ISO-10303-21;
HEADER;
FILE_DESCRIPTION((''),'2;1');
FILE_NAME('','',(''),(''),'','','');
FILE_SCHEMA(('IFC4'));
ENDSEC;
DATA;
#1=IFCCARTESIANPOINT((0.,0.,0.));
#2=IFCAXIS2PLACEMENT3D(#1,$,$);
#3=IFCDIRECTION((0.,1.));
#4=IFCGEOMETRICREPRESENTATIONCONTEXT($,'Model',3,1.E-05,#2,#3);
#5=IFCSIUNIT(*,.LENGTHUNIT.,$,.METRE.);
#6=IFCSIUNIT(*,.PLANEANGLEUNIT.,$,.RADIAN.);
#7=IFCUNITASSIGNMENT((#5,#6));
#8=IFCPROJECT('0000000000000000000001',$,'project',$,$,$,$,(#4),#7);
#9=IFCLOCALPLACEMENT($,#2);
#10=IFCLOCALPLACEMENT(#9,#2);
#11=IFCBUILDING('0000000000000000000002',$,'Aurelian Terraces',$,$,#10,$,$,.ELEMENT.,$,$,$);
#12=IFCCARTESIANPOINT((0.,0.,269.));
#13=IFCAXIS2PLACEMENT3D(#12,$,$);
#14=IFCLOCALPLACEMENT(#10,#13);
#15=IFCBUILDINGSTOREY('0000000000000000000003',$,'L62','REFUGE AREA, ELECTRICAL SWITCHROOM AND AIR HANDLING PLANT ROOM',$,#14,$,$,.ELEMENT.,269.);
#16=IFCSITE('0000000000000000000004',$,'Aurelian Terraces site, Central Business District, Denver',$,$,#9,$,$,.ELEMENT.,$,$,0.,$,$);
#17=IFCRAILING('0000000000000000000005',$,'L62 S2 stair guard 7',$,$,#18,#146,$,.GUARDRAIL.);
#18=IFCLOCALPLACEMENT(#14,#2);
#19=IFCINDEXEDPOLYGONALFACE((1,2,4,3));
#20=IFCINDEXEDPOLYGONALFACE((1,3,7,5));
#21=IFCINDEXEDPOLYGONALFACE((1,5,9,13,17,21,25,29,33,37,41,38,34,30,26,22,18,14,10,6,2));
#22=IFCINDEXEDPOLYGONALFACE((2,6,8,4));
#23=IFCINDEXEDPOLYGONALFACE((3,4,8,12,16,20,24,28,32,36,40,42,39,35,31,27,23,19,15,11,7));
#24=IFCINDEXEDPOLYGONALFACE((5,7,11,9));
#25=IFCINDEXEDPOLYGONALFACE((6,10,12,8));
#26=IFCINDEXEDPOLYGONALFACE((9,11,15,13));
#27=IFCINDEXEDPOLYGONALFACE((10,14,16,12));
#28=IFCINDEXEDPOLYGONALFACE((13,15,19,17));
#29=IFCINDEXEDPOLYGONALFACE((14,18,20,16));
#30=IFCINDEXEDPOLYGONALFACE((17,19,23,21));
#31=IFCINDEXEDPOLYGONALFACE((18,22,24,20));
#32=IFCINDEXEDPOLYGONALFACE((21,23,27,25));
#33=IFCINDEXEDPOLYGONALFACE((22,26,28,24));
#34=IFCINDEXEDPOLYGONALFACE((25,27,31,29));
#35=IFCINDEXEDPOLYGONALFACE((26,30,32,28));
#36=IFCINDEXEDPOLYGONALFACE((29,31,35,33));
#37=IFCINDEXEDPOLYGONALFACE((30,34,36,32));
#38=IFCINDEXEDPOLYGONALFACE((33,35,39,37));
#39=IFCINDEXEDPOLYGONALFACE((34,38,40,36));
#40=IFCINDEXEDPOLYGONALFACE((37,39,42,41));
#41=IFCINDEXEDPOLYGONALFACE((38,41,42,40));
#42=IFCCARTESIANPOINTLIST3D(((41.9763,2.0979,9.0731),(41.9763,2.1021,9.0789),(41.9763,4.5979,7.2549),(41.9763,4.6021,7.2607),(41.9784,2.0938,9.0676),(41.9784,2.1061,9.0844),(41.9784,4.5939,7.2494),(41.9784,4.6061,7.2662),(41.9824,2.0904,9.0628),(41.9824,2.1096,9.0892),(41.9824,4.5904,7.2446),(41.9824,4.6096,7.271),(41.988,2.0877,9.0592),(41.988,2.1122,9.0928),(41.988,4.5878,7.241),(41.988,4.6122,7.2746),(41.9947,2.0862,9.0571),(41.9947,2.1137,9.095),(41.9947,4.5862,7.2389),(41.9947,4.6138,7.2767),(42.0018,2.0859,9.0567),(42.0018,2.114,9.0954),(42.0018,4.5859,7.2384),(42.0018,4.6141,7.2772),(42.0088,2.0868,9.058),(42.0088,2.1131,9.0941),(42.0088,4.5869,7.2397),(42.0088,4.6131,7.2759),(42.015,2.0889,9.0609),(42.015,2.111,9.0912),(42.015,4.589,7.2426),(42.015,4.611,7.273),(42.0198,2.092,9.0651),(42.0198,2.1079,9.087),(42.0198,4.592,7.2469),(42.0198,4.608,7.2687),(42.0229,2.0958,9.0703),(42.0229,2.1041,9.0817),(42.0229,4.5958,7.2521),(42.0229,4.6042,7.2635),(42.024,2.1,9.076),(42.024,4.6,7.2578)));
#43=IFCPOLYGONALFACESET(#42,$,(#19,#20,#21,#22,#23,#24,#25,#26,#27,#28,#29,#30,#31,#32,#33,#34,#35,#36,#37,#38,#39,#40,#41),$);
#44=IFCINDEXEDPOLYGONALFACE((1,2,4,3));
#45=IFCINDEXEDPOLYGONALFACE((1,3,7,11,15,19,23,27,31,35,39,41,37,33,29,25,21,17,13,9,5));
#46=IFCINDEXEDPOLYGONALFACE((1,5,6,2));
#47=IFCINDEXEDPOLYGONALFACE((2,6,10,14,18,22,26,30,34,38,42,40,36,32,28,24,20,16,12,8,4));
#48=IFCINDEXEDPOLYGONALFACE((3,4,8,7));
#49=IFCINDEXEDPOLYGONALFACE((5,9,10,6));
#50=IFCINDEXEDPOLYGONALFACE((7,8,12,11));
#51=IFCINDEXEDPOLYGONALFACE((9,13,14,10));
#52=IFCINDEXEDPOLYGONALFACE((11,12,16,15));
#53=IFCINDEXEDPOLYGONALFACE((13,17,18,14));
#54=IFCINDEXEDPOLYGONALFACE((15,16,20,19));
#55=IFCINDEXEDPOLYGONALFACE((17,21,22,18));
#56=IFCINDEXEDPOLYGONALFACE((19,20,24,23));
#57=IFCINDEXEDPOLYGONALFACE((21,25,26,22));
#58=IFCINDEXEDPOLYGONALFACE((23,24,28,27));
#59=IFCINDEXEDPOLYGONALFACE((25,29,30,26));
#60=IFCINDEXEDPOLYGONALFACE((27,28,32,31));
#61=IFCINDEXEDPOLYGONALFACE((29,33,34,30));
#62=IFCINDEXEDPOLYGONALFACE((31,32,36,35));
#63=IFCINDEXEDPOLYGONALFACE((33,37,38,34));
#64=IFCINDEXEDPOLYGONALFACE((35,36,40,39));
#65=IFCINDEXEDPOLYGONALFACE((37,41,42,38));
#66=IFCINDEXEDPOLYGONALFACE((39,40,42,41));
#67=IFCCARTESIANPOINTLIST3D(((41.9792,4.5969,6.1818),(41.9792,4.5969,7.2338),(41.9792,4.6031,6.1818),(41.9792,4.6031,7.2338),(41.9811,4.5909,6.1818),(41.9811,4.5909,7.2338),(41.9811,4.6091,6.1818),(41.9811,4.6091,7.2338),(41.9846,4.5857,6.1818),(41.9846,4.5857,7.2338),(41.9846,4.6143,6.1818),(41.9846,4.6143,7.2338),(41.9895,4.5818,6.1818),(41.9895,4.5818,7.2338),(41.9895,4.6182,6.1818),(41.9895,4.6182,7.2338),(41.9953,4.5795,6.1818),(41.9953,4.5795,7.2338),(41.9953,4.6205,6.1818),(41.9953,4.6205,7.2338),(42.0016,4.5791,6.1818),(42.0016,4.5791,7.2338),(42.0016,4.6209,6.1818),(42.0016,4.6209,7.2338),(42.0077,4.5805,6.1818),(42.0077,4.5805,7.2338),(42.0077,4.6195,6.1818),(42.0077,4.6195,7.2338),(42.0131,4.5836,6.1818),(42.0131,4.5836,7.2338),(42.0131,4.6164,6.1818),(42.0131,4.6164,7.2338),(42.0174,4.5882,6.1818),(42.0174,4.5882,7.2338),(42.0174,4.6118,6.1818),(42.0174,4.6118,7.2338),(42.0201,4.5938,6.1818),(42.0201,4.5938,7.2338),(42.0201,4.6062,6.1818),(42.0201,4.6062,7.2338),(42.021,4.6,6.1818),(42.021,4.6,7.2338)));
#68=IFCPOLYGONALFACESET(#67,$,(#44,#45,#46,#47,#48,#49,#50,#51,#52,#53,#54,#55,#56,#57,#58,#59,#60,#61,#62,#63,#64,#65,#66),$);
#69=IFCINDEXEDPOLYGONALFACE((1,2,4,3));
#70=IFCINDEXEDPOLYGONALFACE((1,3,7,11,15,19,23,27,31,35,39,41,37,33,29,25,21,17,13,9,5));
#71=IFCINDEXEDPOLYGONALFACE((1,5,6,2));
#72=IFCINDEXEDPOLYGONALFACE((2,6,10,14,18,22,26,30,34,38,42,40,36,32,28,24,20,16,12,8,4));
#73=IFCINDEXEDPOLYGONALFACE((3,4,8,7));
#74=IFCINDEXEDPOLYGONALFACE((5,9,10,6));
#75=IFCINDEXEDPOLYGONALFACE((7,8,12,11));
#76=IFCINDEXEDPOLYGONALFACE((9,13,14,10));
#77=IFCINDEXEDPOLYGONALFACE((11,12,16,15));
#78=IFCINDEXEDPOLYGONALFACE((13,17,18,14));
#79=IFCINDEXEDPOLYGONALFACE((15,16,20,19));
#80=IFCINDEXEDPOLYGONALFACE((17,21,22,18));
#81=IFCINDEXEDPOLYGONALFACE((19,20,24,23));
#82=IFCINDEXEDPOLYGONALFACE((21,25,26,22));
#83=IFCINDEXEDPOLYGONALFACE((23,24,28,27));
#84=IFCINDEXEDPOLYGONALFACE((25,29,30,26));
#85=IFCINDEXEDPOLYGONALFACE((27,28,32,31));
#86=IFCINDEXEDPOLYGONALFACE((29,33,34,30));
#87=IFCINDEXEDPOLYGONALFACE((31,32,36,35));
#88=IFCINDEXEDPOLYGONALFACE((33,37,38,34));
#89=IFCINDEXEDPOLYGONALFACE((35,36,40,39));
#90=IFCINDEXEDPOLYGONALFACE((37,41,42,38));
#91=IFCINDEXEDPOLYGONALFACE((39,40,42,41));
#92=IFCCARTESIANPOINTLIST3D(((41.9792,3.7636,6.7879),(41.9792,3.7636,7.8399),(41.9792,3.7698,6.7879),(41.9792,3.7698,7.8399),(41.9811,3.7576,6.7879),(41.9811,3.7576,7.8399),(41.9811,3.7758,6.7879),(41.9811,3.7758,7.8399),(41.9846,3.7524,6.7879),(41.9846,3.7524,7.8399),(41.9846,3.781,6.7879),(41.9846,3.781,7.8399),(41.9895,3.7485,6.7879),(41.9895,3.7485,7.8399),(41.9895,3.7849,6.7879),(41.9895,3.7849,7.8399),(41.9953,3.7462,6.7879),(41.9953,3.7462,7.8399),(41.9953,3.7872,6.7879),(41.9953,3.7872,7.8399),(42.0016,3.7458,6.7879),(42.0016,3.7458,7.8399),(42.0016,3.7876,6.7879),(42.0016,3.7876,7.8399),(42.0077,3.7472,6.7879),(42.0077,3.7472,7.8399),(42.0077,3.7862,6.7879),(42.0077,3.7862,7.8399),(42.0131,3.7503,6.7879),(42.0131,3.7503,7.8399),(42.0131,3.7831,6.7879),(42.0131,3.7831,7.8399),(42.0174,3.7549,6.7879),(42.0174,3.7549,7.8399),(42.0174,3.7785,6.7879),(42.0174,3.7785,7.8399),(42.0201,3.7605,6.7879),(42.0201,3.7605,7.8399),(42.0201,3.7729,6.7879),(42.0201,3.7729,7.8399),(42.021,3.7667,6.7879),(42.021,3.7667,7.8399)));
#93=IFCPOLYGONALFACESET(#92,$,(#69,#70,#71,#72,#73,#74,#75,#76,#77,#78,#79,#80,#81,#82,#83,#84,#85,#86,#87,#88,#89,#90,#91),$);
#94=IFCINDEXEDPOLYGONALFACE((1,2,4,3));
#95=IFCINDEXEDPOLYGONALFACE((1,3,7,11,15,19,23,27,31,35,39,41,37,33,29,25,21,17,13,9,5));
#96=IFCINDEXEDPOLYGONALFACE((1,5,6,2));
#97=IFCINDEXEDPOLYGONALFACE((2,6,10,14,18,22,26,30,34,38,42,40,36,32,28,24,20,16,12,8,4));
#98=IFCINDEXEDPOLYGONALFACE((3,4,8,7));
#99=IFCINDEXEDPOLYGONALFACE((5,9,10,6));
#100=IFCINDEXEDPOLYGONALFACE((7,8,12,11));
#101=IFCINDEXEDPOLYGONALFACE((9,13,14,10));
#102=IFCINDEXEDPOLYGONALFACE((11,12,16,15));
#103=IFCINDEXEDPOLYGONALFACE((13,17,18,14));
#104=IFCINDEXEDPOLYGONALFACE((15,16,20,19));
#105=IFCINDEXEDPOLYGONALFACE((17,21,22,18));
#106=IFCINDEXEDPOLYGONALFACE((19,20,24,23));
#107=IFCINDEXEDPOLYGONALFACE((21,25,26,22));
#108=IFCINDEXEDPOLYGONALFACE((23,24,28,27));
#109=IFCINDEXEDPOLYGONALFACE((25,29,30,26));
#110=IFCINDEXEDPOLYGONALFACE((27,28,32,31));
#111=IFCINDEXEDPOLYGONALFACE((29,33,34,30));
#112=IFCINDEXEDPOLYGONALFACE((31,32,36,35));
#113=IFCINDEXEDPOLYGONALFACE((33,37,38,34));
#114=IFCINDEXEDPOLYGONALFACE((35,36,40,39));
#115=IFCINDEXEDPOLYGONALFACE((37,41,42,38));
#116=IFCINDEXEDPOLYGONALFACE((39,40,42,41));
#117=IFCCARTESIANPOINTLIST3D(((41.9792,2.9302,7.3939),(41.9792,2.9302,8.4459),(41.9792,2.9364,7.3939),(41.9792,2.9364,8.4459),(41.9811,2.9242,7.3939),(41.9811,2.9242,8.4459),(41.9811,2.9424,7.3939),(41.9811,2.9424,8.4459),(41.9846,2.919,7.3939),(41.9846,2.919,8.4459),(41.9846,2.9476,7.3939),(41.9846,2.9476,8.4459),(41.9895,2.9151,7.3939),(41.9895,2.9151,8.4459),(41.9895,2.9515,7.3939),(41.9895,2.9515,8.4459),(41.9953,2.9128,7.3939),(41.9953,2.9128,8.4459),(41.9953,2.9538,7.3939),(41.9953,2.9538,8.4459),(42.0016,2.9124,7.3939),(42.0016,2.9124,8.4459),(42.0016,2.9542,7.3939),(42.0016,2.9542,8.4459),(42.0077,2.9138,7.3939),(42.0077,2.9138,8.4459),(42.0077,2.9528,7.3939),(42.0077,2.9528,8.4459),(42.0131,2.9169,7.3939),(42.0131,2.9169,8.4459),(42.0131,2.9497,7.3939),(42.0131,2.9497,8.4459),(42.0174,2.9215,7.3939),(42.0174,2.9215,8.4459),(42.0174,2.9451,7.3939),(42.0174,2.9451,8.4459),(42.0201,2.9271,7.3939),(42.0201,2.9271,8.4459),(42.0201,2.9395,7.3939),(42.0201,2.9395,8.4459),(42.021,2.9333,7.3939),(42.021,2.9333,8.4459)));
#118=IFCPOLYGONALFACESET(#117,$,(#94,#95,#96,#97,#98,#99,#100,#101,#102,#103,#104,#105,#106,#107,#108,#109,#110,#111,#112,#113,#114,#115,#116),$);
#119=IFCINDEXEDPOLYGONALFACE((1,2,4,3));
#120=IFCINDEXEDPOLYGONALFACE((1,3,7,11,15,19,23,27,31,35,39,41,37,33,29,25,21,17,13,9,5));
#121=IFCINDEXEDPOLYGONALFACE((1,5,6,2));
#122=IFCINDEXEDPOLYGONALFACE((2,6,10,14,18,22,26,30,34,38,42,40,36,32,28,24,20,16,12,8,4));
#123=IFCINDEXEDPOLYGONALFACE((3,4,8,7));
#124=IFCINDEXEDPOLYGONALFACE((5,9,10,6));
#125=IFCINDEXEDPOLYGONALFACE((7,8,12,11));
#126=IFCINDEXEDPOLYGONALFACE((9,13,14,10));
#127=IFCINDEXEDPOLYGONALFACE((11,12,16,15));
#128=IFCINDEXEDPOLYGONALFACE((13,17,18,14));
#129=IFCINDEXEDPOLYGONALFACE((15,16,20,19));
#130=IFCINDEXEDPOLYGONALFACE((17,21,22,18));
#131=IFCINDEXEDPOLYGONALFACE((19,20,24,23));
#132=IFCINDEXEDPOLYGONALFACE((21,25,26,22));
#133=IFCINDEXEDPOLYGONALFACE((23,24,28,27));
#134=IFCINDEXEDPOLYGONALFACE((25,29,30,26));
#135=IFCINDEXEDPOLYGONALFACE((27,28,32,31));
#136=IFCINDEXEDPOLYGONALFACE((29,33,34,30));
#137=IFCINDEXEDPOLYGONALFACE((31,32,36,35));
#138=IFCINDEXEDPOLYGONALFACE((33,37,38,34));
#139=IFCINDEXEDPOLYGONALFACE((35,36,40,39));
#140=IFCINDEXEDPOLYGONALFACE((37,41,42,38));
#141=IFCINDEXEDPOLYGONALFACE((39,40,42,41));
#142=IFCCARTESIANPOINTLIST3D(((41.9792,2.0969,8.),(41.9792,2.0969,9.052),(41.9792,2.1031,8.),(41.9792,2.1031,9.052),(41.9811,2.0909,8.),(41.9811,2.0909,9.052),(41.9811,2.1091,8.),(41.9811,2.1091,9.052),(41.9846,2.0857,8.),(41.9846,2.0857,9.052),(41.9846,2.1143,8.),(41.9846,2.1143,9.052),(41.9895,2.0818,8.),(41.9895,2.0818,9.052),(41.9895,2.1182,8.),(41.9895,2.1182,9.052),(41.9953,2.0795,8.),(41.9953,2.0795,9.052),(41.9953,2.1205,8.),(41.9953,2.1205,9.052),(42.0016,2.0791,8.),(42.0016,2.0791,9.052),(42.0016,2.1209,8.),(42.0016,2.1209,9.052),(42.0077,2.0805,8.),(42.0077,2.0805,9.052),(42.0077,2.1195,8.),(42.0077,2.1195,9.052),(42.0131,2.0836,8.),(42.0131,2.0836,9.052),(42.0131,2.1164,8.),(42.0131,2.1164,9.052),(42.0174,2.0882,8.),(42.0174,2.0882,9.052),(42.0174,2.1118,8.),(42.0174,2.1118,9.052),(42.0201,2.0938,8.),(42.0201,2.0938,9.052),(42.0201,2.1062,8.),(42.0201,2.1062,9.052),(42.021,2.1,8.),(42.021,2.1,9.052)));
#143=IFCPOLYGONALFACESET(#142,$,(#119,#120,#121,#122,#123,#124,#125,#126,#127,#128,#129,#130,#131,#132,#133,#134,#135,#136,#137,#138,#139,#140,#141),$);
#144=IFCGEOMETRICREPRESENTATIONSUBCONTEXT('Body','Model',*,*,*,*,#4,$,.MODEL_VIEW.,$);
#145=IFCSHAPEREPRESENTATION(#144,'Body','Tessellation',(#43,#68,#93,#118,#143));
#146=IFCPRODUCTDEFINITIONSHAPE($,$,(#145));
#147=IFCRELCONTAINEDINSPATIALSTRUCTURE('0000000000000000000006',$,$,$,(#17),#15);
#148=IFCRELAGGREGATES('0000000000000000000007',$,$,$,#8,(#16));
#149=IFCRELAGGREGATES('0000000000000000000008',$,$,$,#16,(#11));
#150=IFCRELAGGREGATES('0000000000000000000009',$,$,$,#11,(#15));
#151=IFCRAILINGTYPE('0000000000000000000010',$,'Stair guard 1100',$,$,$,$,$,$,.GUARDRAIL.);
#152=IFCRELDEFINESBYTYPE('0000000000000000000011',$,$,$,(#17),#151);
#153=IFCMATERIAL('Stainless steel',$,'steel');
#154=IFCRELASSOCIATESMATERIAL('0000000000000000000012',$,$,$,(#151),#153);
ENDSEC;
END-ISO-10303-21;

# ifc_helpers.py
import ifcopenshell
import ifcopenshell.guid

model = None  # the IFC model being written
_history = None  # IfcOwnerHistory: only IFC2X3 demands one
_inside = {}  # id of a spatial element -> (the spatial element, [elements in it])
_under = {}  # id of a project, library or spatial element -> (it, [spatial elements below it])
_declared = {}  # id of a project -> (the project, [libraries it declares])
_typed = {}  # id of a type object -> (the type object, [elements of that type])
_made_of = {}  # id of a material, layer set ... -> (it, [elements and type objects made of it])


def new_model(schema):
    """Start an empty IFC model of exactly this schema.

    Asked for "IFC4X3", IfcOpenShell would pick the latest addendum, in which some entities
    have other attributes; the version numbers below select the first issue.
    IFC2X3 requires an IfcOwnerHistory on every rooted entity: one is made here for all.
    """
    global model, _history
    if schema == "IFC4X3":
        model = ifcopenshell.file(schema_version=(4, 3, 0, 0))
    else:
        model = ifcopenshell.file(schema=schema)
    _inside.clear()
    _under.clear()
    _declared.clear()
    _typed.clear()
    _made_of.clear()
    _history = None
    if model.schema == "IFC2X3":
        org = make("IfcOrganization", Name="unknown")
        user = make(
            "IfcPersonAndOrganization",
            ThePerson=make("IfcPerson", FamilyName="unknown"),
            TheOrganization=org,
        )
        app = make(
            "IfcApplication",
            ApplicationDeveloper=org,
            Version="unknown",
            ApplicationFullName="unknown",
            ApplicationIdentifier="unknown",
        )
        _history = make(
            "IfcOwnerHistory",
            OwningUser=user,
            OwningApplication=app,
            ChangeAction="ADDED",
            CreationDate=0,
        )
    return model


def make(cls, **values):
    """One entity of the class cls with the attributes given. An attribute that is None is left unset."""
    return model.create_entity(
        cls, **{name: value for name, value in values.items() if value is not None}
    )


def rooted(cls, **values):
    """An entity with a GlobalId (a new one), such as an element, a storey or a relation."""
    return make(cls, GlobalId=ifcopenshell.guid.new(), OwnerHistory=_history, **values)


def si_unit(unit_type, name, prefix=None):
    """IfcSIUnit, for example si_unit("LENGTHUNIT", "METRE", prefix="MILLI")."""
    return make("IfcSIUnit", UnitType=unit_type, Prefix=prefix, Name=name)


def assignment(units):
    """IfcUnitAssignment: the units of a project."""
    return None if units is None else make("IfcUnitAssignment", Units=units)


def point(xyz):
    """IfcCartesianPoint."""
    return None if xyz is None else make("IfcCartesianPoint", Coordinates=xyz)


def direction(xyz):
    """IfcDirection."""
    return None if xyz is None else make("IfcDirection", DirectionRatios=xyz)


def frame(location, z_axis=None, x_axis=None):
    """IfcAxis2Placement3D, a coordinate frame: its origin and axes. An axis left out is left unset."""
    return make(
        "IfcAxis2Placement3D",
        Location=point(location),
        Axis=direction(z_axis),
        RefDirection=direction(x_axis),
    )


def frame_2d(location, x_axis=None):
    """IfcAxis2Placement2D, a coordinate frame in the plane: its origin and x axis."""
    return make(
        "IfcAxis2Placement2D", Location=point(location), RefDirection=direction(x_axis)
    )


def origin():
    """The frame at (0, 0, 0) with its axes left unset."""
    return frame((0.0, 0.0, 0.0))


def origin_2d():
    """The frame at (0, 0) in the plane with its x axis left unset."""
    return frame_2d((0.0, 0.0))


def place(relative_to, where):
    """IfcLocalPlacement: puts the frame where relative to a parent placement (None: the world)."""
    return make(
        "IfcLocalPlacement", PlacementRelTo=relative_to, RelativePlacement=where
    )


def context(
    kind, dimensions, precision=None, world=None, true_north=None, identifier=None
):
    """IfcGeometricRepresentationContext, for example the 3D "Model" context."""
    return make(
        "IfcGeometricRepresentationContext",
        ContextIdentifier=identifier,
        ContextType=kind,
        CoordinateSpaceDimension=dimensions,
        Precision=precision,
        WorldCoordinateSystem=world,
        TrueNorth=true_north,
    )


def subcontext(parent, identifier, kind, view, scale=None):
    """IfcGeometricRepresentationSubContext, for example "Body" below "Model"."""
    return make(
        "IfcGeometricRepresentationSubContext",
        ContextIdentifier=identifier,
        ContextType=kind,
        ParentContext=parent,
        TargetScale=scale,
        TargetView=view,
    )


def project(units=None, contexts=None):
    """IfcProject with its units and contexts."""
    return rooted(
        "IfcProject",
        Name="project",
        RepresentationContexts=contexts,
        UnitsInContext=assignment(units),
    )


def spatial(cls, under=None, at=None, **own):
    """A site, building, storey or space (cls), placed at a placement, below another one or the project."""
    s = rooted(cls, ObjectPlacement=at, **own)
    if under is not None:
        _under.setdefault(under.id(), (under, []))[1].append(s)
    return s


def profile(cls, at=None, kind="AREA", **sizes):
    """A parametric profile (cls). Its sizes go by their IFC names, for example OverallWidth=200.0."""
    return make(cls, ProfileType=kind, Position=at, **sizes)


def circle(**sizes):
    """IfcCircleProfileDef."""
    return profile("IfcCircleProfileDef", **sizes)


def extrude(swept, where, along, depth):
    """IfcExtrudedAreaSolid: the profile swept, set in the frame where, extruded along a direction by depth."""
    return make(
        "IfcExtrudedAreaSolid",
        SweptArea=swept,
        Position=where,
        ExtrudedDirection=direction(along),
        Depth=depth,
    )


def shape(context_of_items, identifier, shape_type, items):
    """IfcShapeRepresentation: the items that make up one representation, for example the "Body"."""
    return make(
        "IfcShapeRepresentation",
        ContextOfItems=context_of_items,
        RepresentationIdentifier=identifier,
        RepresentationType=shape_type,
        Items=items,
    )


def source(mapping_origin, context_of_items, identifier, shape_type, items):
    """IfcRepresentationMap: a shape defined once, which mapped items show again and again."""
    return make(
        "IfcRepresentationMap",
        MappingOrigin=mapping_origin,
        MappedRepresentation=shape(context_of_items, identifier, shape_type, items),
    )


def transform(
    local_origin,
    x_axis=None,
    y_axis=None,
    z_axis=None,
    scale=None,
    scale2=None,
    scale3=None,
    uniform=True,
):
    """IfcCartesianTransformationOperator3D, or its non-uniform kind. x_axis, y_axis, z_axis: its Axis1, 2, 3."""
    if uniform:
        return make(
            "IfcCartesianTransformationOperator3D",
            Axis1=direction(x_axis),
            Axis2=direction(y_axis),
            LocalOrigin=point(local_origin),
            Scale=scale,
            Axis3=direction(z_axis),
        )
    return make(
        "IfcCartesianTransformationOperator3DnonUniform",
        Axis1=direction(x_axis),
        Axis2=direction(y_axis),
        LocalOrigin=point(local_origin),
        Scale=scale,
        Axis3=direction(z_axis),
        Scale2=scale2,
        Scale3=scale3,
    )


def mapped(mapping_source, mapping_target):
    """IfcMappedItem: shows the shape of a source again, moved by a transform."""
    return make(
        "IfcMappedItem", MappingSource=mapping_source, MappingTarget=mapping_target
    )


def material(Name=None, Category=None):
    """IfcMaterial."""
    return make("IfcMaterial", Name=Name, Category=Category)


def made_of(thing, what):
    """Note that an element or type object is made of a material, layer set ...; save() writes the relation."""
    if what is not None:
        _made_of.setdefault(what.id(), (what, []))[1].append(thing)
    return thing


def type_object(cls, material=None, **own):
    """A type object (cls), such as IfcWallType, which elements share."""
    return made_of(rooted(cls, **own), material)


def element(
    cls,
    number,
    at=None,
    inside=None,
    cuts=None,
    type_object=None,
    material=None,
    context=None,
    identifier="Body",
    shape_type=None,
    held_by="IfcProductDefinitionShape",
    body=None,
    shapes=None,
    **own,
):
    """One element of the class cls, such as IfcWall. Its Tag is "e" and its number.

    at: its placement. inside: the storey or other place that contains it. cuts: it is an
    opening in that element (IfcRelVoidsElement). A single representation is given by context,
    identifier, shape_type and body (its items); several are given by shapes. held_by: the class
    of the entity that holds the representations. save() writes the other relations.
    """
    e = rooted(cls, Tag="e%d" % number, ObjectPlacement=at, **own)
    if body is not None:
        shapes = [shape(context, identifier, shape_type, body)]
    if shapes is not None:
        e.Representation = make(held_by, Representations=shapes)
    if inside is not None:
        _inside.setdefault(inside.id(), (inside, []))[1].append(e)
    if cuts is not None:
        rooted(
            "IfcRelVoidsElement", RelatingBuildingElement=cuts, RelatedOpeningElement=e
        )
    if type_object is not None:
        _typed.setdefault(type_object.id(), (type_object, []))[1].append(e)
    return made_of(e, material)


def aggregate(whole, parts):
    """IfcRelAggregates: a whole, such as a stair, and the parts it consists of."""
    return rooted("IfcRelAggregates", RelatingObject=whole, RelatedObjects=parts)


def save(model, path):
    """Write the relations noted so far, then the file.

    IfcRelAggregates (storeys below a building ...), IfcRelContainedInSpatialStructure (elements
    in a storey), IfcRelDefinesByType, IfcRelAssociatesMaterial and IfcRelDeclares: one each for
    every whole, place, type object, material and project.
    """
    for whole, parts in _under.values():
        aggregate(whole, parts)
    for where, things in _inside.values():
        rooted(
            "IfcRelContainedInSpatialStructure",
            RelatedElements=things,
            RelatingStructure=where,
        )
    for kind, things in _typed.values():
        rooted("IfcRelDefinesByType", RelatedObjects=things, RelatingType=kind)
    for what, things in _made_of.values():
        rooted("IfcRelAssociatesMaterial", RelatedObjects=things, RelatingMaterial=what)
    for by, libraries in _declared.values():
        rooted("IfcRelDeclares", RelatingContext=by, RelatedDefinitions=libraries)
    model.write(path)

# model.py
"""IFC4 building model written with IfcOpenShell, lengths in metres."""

from ifc_helpers import new_model, si_unit, direction, frame, origin, origin_2d, place, context, subcontext, project, spatial, circle, extrude, source, transform, mapped, material, type_object, element, save


model = new_model("IFC4")

# Units and contexts
model_context = context("Model", 3, precision=1e-05, world=origin(), true_north=direction((0.0, 1.0)))
body_context = subcontext(model_context, "Body", "Model", "MODEL_VIEW")
ifc_project = project(units=[si_unit("LENGTHUNIT", "METRE"), si_unit("PLANEANGLEUNIT", "RADIAN")], contexts=[model_context])

# Site, building, storey
site_placement = place(None, origin())
site = spatial("IfcSite", under=ifc_project, at=site_placement, Name="Aurelian Terraces site, Central Business District, Denver", CompositionType="ELEMENT", RefElevation=0.0)
building_placement = place(site_placement, origin())
building = spatial("IfcBuilding", under=site, at=building_placement, Name="Aurelian Terraces", CompositionType="ELEMENT")
storey_placement = place(building_placement, frame((0.0, 0.0, 269.0)))
storey = spatial("IfcBuildingStorey", under=building, at=storey_placement, Name="L62", Description="REFUGE AREA, ELECTRICAL SWITCHROOM AND AIR HANDLING PLANT ROOM", CompositionType="ELEMENT", Elevation=269.0)

# Railing
ifc_material_1 = material(Name="Stainless steel", Category="steel")
railing_type_1 = type_object("IfcRailingType", Name="Stair guard 1100", PredefinedType="GUARDRAIL", material=ifc_material_1)
shared_shape_1 = source(origin(), body_context, "Body", "SweptSolid", [
    extrude(circle(Radius=0.024, at=origin_2d()), frame((0.0, 0.0, 1.076), z_axis=(0.0, -0.808733, 0.588176), x_axis=(1.0, 0.0, 0.0)), (0.0, 0.0, 1.0), 3.0913),
    extrude(circle(Radius=0.021, at=origin_2d()), origin(), (0.0, 0.0, 1.0), 1.052),
    extrude(circle(Radius=0.021, at=origin_2d()), frame((0.0, -0.8333, 0.6061)), (0.0, 0.0, 1.0), 1.052),
    extrude(circle(Radius=0.021, at=origin_2d()), frame((0.0, -1.6667, 1.2121)), (0.0, 0.0, 1.0), 1.052),
    extrude(circle(Radius=0.021, at=origin_2d()), frame((0.0, -2.5, 1.8182)), (0.0, 0.0, 1.0), 1.052),
])
for number, where, name in (
    (1, (42.0, 4.6, 6.1818), "L62 S2 stair guard 7"),
):
    element("IfcRailing", number, at=place(storey_placement, frame(where)), inside=storey, type_object=railing_type_1, Name=name, PredefinedType="GUARDRAIL", context=body_context, shape_type="MappedRepresentation", body=[
        mapped(shared_shape_1, transform((0.0, 0.0, 0.0), scale=1.0)),
    ])

save(model, "model.ifc")
